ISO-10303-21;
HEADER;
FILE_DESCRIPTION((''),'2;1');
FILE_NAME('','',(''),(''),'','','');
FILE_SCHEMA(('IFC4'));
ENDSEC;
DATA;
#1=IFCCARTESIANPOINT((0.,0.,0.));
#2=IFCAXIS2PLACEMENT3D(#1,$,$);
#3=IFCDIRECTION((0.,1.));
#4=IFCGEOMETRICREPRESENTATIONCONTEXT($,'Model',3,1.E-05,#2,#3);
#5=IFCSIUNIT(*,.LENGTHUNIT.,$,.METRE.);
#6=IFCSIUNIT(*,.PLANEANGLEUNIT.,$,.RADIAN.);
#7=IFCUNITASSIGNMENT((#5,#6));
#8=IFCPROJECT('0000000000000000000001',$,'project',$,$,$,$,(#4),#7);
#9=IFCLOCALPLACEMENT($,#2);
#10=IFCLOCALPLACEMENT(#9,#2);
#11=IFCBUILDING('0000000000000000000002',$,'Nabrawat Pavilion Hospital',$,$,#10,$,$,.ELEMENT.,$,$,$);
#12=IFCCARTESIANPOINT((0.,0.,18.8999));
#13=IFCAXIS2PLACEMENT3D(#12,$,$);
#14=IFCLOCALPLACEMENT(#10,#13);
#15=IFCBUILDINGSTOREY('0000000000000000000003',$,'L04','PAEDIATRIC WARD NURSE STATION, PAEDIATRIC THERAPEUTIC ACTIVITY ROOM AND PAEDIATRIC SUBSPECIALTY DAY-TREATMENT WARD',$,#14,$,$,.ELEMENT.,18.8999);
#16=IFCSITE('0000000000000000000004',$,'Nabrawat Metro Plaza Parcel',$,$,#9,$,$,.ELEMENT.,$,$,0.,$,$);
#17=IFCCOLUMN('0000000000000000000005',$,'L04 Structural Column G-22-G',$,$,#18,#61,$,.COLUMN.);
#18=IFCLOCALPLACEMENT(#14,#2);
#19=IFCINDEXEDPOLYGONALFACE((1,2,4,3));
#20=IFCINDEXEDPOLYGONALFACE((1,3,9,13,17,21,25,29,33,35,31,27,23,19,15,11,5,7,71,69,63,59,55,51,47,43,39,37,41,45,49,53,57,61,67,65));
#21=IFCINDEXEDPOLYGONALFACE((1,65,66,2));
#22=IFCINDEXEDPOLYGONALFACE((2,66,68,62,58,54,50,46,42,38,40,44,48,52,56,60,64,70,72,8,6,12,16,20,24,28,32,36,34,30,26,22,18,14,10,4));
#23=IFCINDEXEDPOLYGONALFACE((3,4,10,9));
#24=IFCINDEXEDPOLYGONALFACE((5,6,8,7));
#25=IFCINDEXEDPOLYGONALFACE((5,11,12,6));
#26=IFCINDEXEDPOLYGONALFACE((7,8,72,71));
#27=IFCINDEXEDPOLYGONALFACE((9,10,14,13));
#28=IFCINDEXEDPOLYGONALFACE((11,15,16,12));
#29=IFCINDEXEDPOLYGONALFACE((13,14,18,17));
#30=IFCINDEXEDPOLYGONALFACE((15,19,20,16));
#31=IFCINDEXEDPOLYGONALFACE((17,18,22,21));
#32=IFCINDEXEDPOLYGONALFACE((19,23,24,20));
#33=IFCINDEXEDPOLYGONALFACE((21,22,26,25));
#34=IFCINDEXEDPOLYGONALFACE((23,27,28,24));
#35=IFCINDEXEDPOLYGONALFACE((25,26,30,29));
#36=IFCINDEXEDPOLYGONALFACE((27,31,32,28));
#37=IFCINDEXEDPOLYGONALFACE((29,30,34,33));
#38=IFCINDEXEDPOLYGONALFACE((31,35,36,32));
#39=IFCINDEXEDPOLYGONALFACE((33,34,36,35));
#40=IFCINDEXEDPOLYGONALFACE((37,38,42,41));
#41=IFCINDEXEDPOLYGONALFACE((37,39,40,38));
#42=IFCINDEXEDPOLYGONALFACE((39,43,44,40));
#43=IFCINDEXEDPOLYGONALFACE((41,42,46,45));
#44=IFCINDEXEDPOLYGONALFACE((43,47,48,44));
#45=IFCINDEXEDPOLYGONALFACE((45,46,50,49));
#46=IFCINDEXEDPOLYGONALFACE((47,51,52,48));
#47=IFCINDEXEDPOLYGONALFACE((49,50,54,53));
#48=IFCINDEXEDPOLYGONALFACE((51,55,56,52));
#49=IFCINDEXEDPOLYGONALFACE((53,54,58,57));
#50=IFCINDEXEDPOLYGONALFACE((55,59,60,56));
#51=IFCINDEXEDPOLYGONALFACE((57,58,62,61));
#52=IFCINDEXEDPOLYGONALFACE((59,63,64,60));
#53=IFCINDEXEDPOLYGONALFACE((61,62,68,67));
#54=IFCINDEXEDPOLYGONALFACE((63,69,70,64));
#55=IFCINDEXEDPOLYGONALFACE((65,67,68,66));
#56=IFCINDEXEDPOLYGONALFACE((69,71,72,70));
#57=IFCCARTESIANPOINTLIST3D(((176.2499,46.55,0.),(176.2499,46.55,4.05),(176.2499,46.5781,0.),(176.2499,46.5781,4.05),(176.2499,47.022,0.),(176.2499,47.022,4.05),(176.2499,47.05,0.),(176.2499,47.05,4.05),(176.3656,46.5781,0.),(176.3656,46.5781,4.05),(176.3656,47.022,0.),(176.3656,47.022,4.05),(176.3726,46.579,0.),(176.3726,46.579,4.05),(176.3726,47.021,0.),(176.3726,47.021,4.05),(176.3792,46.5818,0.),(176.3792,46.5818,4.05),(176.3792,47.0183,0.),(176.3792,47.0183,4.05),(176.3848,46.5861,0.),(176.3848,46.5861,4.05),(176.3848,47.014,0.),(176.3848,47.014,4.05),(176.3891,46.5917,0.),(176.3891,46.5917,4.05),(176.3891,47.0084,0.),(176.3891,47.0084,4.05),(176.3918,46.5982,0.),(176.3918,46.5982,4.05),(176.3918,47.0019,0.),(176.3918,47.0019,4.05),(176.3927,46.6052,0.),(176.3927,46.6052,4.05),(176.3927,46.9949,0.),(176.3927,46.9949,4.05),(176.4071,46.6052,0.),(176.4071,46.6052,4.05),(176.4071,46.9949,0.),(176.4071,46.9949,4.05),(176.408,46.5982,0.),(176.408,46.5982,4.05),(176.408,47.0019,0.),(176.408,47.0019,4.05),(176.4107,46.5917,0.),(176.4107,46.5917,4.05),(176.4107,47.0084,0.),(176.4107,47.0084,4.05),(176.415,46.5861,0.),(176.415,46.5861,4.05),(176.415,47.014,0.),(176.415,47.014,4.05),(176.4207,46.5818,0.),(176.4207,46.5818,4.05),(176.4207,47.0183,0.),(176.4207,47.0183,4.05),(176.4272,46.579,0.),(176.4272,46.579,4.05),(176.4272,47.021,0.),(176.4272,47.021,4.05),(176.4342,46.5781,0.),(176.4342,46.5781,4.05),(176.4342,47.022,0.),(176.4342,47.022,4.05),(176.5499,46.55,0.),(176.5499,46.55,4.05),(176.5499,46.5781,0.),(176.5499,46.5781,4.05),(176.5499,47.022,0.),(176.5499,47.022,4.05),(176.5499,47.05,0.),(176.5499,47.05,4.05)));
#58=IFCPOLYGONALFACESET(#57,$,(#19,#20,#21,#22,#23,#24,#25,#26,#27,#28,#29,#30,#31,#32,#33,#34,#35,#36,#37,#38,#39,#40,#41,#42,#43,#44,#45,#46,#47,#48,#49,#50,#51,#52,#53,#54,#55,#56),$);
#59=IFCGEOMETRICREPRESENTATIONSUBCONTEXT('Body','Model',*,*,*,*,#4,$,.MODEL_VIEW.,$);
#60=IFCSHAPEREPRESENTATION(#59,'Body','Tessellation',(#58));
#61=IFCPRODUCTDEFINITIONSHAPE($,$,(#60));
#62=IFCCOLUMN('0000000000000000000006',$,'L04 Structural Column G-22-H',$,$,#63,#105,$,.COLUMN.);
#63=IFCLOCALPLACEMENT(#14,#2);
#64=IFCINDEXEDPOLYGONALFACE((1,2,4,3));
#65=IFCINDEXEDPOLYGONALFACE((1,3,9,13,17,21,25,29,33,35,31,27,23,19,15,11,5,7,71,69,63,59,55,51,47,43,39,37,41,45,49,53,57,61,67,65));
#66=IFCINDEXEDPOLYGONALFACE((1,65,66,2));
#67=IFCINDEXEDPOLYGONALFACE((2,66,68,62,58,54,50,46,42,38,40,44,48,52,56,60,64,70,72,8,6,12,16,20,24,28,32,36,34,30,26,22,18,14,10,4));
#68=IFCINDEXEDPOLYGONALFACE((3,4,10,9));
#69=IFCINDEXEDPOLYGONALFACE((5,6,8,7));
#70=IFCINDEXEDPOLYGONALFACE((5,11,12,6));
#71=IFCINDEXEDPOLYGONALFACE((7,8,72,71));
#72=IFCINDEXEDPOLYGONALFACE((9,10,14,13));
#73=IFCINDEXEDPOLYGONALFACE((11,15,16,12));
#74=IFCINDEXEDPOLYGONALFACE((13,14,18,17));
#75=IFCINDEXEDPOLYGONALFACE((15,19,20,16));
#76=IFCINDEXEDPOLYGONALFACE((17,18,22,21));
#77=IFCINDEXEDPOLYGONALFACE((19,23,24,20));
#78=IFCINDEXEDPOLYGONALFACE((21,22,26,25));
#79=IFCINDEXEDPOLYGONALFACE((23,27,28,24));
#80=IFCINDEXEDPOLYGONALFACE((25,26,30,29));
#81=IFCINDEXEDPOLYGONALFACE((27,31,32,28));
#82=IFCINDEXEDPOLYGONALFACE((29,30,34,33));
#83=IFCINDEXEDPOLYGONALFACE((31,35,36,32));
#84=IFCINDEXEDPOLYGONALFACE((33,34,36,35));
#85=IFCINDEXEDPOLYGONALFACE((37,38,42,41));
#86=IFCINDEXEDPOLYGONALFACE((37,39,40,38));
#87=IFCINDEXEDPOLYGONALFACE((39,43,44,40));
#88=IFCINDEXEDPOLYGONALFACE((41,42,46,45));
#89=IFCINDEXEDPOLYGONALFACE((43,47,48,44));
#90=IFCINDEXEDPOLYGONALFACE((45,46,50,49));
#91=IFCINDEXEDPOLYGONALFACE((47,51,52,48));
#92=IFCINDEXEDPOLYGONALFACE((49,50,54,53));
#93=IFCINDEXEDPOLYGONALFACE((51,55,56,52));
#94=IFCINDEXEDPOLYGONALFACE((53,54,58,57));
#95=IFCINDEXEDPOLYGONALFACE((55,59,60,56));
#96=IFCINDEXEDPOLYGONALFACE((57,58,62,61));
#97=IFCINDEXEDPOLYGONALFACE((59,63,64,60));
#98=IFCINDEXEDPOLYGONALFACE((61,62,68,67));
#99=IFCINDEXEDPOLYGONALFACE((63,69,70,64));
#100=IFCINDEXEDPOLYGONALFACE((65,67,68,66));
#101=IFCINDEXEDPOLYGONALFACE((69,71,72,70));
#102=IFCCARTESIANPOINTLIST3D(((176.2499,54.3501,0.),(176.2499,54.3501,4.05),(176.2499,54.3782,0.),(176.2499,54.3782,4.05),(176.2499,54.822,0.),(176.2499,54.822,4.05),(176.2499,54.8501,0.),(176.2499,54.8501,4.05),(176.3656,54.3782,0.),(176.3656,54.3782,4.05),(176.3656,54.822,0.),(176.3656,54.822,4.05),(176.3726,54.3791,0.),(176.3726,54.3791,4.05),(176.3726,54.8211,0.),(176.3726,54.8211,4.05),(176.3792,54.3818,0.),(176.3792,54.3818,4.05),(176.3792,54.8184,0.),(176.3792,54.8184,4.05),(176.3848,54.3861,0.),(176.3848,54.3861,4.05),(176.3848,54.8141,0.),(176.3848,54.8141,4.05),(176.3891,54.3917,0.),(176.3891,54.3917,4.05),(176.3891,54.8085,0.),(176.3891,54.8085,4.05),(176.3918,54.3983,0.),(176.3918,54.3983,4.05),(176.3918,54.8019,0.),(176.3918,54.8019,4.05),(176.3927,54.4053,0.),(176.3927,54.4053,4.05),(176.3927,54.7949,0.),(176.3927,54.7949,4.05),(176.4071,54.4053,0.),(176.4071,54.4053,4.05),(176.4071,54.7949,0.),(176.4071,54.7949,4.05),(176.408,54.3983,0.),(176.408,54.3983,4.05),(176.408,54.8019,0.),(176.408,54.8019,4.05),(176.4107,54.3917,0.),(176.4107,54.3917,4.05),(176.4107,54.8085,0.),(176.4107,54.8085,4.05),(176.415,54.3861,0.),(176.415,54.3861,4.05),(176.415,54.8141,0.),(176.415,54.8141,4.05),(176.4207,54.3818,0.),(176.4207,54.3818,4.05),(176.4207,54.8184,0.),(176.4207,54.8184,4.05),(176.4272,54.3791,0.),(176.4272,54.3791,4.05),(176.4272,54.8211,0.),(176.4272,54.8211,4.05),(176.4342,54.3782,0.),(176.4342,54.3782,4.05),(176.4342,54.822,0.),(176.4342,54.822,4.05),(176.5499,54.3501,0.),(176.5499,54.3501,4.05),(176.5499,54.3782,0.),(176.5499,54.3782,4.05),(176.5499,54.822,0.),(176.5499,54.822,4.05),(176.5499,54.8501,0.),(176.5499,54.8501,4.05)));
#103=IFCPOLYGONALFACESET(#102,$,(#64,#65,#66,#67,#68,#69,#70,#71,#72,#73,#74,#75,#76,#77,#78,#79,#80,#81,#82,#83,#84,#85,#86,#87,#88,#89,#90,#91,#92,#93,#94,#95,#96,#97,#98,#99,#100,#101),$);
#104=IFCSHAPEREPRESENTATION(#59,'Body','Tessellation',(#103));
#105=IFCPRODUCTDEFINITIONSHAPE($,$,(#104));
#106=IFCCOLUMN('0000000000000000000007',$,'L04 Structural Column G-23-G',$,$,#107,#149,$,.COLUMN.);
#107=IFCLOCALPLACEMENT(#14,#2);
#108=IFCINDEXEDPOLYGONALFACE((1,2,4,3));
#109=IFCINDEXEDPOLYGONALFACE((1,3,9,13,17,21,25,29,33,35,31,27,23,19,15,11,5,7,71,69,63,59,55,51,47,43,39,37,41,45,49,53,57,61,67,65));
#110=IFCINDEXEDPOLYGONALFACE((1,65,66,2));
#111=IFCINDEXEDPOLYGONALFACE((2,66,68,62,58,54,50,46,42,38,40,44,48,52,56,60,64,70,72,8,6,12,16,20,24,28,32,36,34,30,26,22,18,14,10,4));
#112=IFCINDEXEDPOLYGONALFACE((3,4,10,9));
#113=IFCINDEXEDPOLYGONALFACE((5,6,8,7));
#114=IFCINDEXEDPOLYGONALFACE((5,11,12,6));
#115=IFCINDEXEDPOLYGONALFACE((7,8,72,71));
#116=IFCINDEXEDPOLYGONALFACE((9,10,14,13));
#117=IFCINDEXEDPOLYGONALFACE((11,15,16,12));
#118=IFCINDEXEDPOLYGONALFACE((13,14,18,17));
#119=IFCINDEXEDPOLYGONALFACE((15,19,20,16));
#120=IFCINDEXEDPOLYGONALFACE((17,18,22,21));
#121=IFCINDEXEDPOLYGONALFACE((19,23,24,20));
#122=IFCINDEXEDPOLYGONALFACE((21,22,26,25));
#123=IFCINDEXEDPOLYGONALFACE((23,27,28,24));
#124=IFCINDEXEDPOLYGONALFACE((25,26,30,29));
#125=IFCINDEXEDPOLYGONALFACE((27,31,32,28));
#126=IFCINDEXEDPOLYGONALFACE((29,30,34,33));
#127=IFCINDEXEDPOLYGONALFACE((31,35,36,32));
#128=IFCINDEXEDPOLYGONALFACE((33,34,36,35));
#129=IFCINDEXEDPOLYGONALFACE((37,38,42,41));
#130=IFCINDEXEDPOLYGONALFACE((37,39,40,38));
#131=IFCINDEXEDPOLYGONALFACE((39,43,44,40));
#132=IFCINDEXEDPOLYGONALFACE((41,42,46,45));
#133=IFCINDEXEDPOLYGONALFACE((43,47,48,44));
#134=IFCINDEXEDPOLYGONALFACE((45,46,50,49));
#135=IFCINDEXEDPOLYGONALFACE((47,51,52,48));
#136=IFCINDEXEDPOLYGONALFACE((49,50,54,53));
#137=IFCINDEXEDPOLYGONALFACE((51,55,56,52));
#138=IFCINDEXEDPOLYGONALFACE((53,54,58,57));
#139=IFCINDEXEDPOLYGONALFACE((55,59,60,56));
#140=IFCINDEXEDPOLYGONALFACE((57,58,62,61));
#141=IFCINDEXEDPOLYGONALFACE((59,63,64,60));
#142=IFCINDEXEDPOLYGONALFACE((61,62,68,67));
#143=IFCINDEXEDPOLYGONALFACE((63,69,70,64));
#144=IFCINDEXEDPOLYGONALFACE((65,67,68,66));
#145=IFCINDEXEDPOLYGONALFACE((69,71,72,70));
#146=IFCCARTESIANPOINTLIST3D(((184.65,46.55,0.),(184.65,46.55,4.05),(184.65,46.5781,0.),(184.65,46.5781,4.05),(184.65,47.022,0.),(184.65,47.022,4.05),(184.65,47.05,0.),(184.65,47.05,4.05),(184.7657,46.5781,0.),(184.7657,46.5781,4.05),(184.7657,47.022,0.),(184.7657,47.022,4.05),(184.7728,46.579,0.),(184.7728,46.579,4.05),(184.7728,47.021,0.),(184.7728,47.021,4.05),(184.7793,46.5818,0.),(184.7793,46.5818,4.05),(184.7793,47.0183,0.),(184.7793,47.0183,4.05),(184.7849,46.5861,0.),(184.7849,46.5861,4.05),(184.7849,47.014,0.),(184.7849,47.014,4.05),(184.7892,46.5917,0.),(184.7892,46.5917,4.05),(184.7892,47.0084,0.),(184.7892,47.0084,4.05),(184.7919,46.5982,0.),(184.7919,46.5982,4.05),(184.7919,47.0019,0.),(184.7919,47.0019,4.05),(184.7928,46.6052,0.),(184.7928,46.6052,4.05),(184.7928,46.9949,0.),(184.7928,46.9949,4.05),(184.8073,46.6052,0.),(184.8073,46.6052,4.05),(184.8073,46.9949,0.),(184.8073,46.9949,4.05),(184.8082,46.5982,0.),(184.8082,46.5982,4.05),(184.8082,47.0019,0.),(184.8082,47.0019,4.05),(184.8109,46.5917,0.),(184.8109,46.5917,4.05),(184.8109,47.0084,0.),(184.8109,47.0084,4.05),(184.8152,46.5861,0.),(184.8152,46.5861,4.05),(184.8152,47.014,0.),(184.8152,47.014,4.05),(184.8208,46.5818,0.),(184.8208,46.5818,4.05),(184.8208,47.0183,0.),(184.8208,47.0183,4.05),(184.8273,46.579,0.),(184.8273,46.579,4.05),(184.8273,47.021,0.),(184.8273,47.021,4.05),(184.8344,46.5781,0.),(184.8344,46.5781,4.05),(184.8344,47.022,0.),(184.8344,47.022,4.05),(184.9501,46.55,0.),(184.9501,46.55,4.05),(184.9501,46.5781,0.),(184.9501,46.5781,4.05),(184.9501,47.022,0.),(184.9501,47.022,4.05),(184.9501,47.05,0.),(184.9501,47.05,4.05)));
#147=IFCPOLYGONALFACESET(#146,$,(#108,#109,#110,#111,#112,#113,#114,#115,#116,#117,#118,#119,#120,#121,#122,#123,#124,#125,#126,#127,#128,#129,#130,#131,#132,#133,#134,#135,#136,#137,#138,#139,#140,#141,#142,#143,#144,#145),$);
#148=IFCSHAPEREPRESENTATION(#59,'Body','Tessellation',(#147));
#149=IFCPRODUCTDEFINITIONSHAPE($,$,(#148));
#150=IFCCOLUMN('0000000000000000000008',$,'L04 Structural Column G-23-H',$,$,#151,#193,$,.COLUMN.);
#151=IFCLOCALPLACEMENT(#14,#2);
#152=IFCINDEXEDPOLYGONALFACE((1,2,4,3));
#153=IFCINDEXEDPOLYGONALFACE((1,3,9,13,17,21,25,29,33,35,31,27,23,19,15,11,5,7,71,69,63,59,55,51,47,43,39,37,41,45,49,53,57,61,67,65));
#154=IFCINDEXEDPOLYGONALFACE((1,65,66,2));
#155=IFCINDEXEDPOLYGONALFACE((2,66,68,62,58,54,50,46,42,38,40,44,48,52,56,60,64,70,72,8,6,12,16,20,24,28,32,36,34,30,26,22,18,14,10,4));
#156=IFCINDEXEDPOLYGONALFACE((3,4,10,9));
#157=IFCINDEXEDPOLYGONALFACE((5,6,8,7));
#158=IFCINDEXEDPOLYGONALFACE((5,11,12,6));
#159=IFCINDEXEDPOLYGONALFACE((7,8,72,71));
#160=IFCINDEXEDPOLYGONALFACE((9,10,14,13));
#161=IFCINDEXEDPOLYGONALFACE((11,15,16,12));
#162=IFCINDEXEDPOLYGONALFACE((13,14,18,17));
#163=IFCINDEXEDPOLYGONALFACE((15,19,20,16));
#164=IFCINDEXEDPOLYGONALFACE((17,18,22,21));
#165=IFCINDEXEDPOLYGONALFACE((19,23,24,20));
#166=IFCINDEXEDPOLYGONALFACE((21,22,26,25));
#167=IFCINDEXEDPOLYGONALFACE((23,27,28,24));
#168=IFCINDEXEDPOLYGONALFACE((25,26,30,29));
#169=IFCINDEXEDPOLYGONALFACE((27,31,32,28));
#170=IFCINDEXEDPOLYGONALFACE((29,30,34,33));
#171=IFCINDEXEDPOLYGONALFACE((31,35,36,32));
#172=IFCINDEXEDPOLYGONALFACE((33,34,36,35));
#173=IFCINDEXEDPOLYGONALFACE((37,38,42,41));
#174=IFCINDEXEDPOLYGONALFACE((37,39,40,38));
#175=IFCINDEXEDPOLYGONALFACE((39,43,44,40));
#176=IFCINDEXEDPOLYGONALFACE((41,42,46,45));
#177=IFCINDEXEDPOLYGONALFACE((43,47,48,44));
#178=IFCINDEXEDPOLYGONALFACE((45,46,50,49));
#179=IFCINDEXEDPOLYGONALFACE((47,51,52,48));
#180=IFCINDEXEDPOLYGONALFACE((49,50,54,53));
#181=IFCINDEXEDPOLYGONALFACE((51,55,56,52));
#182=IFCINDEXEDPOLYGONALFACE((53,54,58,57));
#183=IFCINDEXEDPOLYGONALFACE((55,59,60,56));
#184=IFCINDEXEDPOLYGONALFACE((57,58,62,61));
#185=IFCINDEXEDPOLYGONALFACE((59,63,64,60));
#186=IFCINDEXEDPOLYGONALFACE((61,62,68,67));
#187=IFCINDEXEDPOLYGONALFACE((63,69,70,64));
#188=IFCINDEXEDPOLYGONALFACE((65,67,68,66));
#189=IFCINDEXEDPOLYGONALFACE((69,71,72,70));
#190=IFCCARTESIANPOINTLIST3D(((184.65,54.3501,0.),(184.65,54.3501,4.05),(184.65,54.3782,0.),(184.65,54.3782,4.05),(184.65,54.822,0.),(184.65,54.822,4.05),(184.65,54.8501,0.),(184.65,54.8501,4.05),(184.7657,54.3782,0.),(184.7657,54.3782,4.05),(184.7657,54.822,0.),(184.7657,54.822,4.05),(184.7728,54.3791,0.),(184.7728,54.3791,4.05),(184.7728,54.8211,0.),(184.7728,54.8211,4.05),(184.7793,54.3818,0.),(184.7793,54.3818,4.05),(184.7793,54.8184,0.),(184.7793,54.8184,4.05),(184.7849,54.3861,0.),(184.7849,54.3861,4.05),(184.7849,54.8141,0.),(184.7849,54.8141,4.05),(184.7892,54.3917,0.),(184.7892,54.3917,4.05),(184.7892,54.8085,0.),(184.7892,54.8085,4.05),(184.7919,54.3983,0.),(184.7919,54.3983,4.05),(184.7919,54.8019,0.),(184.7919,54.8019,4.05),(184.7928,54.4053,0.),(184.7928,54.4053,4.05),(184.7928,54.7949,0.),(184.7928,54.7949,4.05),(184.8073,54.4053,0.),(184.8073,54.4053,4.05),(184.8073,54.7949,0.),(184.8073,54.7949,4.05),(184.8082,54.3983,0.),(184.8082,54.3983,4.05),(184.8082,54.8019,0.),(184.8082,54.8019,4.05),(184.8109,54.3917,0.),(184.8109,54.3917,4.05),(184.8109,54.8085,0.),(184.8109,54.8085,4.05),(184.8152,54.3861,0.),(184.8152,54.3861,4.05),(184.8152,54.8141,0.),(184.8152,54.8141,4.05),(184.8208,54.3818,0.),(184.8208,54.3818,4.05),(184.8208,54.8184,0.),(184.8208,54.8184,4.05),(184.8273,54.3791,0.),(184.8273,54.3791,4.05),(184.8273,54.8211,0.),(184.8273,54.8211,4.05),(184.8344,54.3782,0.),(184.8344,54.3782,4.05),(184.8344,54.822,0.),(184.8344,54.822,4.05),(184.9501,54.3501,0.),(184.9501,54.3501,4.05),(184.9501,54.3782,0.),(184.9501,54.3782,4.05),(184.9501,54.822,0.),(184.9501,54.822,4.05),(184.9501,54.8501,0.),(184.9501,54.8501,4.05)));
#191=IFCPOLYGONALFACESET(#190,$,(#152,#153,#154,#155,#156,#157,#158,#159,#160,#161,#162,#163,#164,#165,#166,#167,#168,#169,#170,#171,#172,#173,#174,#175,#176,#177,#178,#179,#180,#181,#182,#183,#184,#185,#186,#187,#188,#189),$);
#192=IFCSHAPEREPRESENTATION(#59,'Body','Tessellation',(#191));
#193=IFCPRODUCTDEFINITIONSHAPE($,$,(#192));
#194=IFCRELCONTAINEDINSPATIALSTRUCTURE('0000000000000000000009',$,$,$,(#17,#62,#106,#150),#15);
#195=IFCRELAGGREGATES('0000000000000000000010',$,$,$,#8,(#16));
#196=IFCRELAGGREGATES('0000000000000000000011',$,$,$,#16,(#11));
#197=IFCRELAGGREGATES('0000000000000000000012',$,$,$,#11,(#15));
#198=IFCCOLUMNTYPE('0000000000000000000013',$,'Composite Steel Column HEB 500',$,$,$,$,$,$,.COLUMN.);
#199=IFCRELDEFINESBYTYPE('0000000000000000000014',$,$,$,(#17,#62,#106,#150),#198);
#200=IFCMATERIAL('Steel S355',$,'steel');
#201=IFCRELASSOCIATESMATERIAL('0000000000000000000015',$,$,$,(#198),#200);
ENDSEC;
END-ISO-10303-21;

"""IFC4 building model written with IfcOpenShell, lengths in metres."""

from ifc_helpers import new_model, si_unit, direction, frame, origin, origin_2d, place, context, subcontext, project, spatial, i_section, extrude, material, material_profile, profile_set, type_object, element, save


model = new_model("IFC4")

# Units and contexts
model_context = context("Model", 3, precision=1e-05, world=origin(), true_north=direction((0.0, 1.0)))
body_context = subcontext(model_context, "Body", "Model", "MODEL_VIEW")
ifc_project = project(units=[si_unit("LENGTHUNIT", "METRE"), si_unit("PLANEANGLEUNIT", "RADIAN")], contexts=[model_context])

# Site, building, storey
site_placement = place(None, origin())
site = spatial("IfcSite", under=ifc_project, at=site_placement, Name="Nabrawat Metro Plaza Parcel", CompositionType="ELEMENT", RefElevation=0.0)
building_placement = place(site_placement, origin())
building = spatial("IfcBuilding", under=site, at=building_placement, Name="Nabrawat Pavilion Hospital", CompositionType="ELEMENT")
storey_placement = place(building_placement, frame((0.0, 0.0, 18.8999)))
storey = spatial("IfcBuildingStorey", under=building, at=storey_placement, Name="L04", Description="PAEDIATRIC WARD NURSE STATION, PAEDIATRIC THERAPEUTIC ACTIVITY ROOM AND PAEDIATRIC SUBSPECIALTY DAY-TREATMENT WARD", CompositionType="ELEMENT", Elevation=18.8999)

# Columns
ifc_material_1 = material(Name="Steel S355", Category="steel")
ifc_material_profile_1 = material_profile(ifc_material_1, i_section(OverallWidth=0.3, OverallDepth=0.5, WebThickness=0.0144, FlangeThickness=0.0281, FilletRadius=0.0271, at=origin_2d()), Name="HEB 500")
ifc_profile_set_1 = profile_set([ifc_material_profile_1], Name="Steel S355")
column_type = type_object("IfcColumnType", Name="Composite Steel Column HEB 500", PredefinedType="COLUMN", material=ifc_profile_set_1)
for number, where, z_axis, x_axis, name in (
    (1, (176.3999, 46.8, 0.0), (0.0, 0.0, 1.0), (1.0, 0.0, 0.0), "L04 Structural Column G-22-G"),
    (2, (176.3999, 54.6001, 0.0), (0.0, 0.0, 1.0), (1.0, 0.0, 0.0), "L04 Structural Column G-22-H"),
    (3, (184.8, 46.8, 0.0), (0.0, 0.0, 1.0), (1.0, 0.0, 0.0), "L04 Structural Column G-23-G"),
    (4, (184.8, 54.6001, 0.0), (0.0, 0.0, 1.0), (1.0, 0.0, 0.0), "L04 Structural Column G-23-H"),
):
    element("IfcColumn", number, at=place(storey_placement, frame(where, z_axis=z_axis, x_axis=x_axis)), inside=storey, type_object=column_type, Name=name, PredefinedType="COLUMN", context=body_context, shape_type="SweptSolid", body=[
        extrude(i_section(OverallWidth=0.3, OverallDepth=0.5, WebThickness=0.0144, FlangeThickness=0.0281, FilletRadius=0.0271, at=origin_2d()), origin(), (0.0, 0.0, 1.0), 4.05),
    ])

save(model, "model.ifc")
